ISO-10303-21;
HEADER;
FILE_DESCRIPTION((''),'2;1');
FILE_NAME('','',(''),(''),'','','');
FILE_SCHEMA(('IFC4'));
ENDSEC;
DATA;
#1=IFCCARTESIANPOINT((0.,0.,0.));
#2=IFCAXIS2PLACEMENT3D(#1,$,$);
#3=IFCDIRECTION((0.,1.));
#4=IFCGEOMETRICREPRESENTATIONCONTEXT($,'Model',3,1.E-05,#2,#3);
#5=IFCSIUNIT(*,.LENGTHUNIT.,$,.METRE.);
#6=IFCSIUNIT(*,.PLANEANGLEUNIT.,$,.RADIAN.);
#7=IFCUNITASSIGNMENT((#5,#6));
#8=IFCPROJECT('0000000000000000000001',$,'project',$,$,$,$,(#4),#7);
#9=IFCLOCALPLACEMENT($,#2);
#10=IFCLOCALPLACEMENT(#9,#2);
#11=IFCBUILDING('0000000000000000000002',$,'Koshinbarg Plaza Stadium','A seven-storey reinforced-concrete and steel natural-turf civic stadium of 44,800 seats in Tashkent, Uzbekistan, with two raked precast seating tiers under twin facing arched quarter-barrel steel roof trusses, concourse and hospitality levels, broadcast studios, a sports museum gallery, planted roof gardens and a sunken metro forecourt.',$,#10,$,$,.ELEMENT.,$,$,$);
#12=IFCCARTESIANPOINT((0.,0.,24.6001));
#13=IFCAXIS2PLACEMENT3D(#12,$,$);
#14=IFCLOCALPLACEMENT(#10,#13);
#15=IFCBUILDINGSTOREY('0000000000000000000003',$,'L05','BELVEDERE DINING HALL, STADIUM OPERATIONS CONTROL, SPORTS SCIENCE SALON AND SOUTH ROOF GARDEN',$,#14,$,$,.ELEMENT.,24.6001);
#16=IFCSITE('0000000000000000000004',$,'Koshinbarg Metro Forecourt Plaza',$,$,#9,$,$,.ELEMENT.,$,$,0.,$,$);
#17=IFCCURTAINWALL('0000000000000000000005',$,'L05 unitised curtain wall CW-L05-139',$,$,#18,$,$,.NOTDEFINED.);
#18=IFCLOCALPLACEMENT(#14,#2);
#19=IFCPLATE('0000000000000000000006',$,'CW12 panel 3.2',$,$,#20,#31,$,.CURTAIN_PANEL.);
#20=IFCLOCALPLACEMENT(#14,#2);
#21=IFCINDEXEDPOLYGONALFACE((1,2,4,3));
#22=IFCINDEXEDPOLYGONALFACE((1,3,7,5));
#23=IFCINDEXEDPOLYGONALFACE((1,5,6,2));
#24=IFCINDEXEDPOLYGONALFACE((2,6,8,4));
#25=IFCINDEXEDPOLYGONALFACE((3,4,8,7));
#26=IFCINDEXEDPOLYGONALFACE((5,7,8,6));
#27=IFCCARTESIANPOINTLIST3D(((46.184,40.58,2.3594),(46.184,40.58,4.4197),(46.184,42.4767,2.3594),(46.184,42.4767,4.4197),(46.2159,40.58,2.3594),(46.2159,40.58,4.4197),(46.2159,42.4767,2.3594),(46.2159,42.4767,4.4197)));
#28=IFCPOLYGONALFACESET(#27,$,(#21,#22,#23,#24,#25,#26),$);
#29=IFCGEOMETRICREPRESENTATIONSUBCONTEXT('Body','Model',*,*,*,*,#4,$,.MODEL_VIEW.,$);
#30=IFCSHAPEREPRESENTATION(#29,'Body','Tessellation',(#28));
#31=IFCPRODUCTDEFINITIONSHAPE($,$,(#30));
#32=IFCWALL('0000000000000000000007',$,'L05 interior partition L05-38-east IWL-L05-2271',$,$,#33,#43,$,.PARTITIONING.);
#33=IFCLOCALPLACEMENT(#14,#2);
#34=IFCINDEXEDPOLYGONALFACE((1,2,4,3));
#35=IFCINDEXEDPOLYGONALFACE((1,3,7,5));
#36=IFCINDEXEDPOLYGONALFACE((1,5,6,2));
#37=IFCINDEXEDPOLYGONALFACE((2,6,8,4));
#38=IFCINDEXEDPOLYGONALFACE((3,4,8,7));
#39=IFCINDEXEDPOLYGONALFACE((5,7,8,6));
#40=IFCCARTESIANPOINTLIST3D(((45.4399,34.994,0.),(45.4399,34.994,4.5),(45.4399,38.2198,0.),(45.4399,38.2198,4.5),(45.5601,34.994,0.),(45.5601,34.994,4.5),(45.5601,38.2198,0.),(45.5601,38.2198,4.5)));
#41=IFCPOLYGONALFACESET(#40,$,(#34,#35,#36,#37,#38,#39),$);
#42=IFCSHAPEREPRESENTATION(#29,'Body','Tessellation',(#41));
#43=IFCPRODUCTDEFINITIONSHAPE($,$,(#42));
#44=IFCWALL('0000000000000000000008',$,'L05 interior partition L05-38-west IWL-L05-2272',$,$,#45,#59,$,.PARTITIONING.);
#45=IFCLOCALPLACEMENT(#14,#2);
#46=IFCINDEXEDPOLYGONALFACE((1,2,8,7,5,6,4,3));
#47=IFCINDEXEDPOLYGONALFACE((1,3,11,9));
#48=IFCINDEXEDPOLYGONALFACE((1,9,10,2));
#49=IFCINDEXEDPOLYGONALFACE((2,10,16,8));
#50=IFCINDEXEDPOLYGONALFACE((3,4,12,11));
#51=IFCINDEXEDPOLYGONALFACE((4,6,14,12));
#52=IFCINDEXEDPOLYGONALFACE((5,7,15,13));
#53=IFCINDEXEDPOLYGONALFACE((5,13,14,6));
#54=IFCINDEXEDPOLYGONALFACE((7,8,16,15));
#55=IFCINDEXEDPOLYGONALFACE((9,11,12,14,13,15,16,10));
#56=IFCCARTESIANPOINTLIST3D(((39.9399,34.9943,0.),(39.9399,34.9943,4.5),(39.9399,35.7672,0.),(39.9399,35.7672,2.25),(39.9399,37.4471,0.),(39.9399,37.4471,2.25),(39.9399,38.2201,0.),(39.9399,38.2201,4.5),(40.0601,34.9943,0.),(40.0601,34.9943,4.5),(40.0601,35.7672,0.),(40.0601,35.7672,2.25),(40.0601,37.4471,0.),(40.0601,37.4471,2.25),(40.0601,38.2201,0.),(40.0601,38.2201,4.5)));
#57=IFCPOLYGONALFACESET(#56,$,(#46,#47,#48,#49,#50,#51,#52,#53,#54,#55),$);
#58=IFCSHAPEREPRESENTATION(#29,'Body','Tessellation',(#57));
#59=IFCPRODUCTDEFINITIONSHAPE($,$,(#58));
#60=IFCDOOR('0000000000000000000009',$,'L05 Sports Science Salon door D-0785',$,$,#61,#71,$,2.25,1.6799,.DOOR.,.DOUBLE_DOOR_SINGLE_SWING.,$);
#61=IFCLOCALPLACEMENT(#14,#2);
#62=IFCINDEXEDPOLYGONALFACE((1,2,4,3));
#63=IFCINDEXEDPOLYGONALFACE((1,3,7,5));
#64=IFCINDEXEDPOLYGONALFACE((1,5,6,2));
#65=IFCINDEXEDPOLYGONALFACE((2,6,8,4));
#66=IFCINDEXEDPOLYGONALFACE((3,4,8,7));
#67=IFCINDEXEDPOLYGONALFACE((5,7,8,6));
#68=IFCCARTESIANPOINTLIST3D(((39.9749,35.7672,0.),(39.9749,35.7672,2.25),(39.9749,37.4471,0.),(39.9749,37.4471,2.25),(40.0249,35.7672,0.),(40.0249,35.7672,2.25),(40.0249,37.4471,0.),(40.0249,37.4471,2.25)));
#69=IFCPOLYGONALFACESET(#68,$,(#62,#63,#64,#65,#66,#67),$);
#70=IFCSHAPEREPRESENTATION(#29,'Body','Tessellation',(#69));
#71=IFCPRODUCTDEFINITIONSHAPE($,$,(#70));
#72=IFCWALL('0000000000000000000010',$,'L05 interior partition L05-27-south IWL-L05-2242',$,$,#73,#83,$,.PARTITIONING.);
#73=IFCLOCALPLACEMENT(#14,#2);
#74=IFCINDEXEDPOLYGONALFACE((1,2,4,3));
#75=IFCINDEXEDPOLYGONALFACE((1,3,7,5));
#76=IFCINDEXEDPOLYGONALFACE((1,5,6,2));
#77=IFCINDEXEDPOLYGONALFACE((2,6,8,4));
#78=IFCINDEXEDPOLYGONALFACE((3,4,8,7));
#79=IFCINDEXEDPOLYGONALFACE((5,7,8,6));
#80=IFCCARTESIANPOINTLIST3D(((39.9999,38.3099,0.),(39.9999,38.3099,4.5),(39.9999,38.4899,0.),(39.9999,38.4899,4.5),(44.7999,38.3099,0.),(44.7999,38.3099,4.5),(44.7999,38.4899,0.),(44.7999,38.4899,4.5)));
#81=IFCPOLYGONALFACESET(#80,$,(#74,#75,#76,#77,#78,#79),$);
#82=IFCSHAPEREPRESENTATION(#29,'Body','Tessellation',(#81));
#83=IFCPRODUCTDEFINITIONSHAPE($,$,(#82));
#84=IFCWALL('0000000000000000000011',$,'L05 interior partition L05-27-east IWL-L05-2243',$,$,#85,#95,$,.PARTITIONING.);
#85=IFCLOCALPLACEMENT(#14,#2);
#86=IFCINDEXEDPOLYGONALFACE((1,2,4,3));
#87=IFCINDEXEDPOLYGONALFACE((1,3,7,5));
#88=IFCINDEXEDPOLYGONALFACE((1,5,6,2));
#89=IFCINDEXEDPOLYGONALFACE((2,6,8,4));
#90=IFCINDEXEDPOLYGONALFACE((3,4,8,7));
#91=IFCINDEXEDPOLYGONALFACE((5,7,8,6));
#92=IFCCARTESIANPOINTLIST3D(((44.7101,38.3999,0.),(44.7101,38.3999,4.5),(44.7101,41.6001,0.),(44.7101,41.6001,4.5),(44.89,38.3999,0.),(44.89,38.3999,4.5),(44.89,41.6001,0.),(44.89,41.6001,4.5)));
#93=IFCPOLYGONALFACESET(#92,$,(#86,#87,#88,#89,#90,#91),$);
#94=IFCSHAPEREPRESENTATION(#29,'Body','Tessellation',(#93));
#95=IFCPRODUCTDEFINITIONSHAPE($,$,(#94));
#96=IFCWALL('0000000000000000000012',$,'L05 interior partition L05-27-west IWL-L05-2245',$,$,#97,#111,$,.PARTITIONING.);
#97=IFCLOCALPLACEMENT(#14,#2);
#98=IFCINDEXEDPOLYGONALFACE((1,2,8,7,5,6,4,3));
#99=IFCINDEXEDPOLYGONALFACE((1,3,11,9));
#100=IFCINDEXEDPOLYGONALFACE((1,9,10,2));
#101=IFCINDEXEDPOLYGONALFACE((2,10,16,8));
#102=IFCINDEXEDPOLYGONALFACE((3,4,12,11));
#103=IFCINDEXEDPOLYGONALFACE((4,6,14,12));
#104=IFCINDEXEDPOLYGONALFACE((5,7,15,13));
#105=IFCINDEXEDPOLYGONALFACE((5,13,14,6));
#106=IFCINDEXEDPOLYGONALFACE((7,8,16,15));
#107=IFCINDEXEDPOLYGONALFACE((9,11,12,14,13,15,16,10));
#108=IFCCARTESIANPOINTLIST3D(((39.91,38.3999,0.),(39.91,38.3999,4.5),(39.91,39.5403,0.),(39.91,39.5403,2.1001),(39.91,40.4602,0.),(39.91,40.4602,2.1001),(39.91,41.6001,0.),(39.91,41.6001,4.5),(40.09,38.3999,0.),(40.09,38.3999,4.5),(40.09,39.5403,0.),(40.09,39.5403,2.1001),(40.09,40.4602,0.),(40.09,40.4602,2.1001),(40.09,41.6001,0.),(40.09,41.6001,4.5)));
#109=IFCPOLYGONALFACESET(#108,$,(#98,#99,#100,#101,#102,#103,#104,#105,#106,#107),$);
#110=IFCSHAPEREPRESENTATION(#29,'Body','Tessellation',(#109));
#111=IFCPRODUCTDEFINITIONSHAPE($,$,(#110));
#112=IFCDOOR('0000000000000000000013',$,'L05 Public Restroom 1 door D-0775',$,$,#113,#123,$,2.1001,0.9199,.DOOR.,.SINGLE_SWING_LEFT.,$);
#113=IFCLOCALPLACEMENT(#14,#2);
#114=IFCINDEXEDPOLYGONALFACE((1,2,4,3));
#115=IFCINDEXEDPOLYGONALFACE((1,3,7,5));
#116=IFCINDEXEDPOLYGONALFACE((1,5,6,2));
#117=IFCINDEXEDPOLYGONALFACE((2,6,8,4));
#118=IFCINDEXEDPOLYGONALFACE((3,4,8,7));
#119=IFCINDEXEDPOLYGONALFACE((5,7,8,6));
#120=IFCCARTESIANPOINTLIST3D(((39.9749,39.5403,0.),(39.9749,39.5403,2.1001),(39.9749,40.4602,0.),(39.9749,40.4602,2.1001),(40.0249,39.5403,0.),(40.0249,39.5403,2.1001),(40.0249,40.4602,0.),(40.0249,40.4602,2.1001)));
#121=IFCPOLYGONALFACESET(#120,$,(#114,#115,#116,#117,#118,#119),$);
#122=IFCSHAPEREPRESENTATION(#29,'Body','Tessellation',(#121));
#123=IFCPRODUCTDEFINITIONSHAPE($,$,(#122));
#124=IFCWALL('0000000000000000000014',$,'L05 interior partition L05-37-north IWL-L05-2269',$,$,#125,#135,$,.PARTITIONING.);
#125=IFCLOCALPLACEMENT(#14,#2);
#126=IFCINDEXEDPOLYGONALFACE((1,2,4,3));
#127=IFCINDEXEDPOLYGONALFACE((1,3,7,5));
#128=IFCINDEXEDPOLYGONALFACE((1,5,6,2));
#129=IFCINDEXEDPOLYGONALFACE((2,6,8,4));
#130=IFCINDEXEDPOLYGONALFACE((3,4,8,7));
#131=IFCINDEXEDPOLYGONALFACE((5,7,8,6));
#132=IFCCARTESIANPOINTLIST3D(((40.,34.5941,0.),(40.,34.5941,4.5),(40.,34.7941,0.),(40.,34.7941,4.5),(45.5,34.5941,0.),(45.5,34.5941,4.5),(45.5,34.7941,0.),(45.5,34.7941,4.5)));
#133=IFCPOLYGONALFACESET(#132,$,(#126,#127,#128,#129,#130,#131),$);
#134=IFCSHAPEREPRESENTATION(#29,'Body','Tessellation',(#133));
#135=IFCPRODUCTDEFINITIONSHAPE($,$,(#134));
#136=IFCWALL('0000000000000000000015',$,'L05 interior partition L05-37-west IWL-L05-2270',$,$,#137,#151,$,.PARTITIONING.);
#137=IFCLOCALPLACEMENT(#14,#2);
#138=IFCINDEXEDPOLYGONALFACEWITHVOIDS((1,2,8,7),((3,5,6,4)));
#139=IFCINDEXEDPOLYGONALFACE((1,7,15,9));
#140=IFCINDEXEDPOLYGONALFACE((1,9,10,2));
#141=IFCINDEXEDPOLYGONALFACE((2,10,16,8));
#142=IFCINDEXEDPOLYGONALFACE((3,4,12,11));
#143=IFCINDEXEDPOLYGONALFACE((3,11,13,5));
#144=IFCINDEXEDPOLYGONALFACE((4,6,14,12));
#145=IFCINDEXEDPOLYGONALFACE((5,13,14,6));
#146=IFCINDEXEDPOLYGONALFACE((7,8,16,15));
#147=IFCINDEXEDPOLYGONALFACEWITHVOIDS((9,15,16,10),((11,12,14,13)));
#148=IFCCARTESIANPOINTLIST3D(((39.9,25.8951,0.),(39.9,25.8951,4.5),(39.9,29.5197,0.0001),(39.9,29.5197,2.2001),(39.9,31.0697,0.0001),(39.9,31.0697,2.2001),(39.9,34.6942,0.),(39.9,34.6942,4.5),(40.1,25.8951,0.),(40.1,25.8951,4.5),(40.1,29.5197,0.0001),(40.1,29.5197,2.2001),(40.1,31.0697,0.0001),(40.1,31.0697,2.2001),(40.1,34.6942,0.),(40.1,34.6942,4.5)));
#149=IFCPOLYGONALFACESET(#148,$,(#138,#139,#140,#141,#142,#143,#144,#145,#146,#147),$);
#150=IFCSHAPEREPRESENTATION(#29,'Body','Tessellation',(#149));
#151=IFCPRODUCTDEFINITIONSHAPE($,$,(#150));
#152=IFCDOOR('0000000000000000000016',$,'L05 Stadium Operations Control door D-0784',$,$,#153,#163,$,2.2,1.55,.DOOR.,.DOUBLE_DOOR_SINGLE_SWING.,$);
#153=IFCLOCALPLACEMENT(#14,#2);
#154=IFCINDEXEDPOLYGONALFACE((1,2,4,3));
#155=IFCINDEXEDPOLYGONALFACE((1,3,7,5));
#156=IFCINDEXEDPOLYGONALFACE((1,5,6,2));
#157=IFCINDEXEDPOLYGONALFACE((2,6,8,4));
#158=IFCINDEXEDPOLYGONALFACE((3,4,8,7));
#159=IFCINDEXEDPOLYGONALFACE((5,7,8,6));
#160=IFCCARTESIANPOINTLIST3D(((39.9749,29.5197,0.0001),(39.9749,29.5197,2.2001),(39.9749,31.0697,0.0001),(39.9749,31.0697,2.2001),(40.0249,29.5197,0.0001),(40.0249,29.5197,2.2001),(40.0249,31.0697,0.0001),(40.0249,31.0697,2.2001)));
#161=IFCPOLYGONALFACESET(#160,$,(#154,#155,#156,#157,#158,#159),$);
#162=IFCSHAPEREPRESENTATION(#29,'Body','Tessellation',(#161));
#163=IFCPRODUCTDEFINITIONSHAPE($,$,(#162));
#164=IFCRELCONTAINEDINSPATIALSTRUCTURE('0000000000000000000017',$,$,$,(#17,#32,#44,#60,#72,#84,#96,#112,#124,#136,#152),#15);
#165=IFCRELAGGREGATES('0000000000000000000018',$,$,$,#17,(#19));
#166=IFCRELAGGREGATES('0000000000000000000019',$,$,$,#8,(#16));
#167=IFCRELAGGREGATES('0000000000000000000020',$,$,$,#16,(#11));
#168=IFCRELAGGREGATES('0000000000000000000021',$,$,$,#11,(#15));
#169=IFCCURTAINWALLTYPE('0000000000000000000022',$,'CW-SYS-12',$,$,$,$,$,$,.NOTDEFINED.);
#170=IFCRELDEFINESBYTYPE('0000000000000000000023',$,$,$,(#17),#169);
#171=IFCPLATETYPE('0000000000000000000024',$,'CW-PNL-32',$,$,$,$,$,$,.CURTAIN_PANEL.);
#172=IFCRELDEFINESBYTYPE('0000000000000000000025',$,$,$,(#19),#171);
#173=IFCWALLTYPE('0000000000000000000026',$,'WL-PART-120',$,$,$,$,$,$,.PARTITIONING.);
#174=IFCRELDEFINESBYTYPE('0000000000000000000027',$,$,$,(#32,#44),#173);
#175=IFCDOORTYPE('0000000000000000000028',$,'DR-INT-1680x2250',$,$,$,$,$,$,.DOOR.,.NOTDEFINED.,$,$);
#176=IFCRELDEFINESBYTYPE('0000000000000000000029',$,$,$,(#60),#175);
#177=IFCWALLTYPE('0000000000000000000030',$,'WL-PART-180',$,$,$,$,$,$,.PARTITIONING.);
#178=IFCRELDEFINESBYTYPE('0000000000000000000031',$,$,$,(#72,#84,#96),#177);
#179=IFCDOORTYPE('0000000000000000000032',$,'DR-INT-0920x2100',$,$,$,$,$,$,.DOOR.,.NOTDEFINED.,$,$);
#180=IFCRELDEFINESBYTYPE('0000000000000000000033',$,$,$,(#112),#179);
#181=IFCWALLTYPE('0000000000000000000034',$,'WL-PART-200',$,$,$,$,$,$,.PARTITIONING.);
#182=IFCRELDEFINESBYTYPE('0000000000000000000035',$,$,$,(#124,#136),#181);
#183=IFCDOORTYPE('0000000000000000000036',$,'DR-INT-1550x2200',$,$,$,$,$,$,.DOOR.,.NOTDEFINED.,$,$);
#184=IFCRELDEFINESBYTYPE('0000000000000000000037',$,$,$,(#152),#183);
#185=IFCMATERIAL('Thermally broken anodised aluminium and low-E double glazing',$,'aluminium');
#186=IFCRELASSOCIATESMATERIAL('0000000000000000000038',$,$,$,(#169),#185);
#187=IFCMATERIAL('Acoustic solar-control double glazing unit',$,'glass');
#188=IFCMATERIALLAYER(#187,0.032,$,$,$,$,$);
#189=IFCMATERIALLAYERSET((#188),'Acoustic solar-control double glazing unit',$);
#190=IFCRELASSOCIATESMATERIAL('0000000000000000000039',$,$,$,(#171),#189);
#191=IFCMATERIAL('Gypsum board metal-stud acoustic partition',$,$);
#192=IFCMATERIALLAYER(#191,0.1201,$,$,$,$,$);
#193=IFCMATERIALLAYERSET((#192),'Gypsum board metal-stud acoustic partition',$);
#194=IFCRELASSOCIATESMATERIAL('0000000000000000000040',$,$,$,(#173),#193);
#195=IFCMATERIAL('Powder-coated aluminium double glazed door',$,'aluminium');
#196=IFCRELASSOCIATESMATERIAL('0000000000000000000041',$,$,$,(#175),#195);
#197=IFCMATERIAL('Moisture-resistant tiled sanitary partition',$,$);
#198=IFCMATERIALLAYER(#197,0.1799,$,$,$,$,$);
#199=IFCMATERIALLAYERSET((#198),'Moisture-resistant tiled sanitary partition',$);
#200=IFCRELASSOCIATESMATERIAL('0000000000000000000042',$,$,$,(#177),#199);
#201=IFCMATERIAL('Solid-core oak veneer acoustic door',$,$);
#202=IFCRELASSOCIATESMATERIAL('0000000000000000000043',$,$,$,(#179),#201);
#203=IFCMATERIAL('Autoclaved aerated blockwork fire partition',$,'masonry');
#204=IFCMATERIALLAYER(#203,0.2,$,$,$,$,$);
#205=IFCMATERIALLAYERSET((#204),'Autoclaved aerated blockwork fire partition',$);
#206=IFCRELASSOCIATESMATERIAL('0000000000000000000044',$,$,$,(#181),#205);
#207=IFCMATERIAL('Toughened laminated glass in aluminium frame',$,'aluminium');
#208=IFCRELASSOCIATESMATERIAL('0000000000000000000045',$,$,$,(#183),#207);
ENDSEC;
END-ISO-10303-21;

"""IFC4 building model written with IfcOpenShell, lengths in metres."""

from ifc_helpers import new_model, si_unit, direction, frame, frame_2d, origin, origin_2d, place, context, subcontext, project, spatial, rectangle, extrude, material, layer, layer_set, type_object, element, fill, aggregate, save


model = new_model("IFC4")

# Units and contexts
model_context = context("Model", 3, precision=1e-05, world=origin(), true_north=direction((0.0, 1.0)))
body_context = subcontext(model_context, "Body", "Model", "MODEL_VIEW")
ifc_project = project(units=[si_unit("LENGTHUNIT", "METRE"), si_unit("PLANEANGLEUNIT", "RADIAN")], contexts=[model_context])

# Site, building, storey
site_placement = place(None, origin())
site = spatial("IfcSite", under=ifc_project, at=site_placement, Name="Koshinbarg Metro Forecourt Plaza", CompositionType="ELEMENT", RefElevation=0.0)
building_placement = place(site_placement, origin())
building = spatial("IfcBuilding", under=site, at=building_placement, Name="Koshinbarg Plaza Stadium", Description="A seven-storey reinforced-concrete and steel natural-turf civic stadium of 44,800 seats in Tashkent, Uzbekistan, with two raked precast seating tiers under twin facing arched quarter-barrel steel roof trusses, concourse and hospitality levels, broadcast studios, a sports museum gallery, planted roof gardens and a sunken metro forecourt.", CompositionType="ELEMENT")
storey_placement = place(building_placement, frame((0.0, 0.0, 24.6001)))
storey = spatial("IfcBuildingStorey", under=building, at=storey_placement, Name="L05", Description="BELVEDERE DINING HALL, STADIUM OPERATIONS CONTROL, SPORTS SCIENCE SALON AND SOUTH ROOF GARDEN", CompositionType="ELEMENT", Elevation=24.6001)

# Shared definitions
ifc_material_1 = material(Name="Thermally broken anodised aluminium and low-E double glazing", Category="aluminium")

# Curtain wall
curtain_wall_type_1 = type_object("IfcCurtainWallType", Name="CW-SYS-12", PredefinedType="NOTDEFINED", material=ifc_material_1)
curtain_wall_1_placement = place(storey_placement, origin())
curtain_wall_1 = element("IfcCurtainWall", 1, at=curtain_wall_1_placement, inside=storey, type_object=curtain_wall_type_1, Name="L05 unitised curtain wall CW-L05-139", PredefinedType="NOTDEFINED")

# Plate
ifc_material_2 = material(Name="Acoustic solar-control double glazing unit", Category="glass")
ifc_layer_1 = layer(ifc_material_2, 0.032)
ifc_layer_set_1 = layer_set([ifc_layer_1], Name="Acoustic solar-control double glazing unit")
plate_type_1 = type_object("IfcPlateType", Name="CW-PNL-32", PredefinedType="CURTAIN_PANEL", material=ifc_layer_set_1)
plate_1_placement = place(storey_placement, frame((46.2, 41.5283, 2.3594), z_axis=(0.0, 0.0, 1.0), x_axis=(0.0, -1.0, 0.0)))
plate_1 = element("IfcPlate", 2, at=plate_1_placement, type_object=plate_type_1, Name="CW12 panel 3.2", PredefinedType="CURTAIN_PANEL", context=body_context, shape_type="SweptSolid", body=[
    extrude(rectangle(XDim=1.8967, YDim=0.032, at=origin_2d()), origin(), (0.0, 0.0, 1.0), 2.0603),
])
aggregate(curtain_wall_1, [plate_1])

# Wall
ifc_material_3 = material(Name="Gypsum board metal-stud acoustic partition")
ifc_layer_2 = layer(ifc_material_3, 0.1201)
ifc_layer_set_2 = layer_set([ifc_layer_2], Name="Gypsum board metal-stud acoustic partition")
wall_type_1 = type_object("IfcWallType", Name="WL-PART-120", PredefinedType="PARTITIONING", material=ifc_layer_set_2)
wall_1_placement = place(storey_placement, frame((45.5, 34.9941, 0.0), z_axis=(0.0, 0.0, 1.0), x_axis=(0.0, 1.0, 0.0)))
element("IfcWall", 3, at=wall_1_placement, inside=storey, type_object=wall_type_1, Name="L05 interior partition L05-38-east IWL-L05-2271", PredefinedType="PARTITIONING", context=body_context, shape_type="SweptSolid", body=[
    extrude(rectangle(XDim=3.2258, YDim=0.1201, at=frame_2d((1.6128, 0.0))), origin(), (0.0, 0.0, 1.0), 4.5),
])

# Wall, opening, door
wall_2_placement = place(storey_placement, frame((40.0, 38.22, 0.0), z_axis=(0.0, 0.0, 1.0), x_axis=(0.0, -1.0, 0.0)))
wall_2 = element("IfcWall", 4, at=wall_2_placement, inside=storey, type_object=wall_type_1, Name="L05 interior partition L05-38-west IWL-L05-2272", PredefinedType="PARTITIONING", context=body_context, shape_type="SweptSolid", body=[
    extrude(rectangle(XDim=3.2258, YDim=0.1201, at=frame_2d((1.6128, 0.0))), origin(), (0.0, 0.0, 1.0), 4.5),
])
opening_1_placement = place(wall_2_placement, frame((0.7729, 0.0, 0.0)))
opening_1 = element("IfcOpeningElement", 5, at=opening_1_placement, cuts=wall_2, PredefinedType="OPENING", context=body_context, shape_type="SweptSolid", body=[
    extrude(rectangle(XDim=1.6799, YDim=2.25, at=frame_2d((0.8398, 1.125))), frame((0.0, 0.0701, 0.0), z_axis=(0.0, -1.0, 0.0), x_axis=(1.0, 0.0, 0.0)), (0.0, 0.0, 1.0), 0.1401),
])
ifc_material_4 = material(Name="Powder-coated aluminium double glazed door", Category="aluminium")
door_type_1 = type_object("IfcDoorType", Name="DR-INT-1680x2250", OperationType="NOTDEFINED", PredefinedType="DOOR", material=ifc_material_4)
door_1_placement = place(opening_1_placement, origin())
door_1 = element("IfcDoor", 6, at=door_1_placement, inside=storey, type_object=door_type_1, Name="L05 Sports Science Salon door D-0785", OperationType="DOUBLE_DOOR_SINGLE_SWING", OverallHeight=2.25, OverallWidth=1.6799, PredefinedType="DOOR", context=body_context, shape_type="SweptSolid", body=[
    extrude(rectangle(XDim=1.6799, YDim=2.25, at=frame_2d((0.8398, 1.125))), frame((0.0, 0.0249, 0.0), z_axis=(0.0, -1.0, 0.0), x_axis=(1.0, 0.0, 0.0)), (0.0, 0.0, 1.0), 0.05),
])
fill(opening_1, door_1)

# Walls
ifc_material_5 = material(Name="Moisture-resistant tiled sanitary partition")
ifc_layer_3 = layer(ifc_material_5, 0.1799)
ifc_layer_set_3 = layer_set([ifc_layer_3], Name="Moisture-resistant tiled sanitary partition")
wall_type_2 = type_object("IfcWallType", Name="WL-PART-180", PredefinedType="PARTITIONING", material=ifc_layer_set_3)
wall_3_placement = place(storey_placement, frame((40.0, 38.3999, 0.0), z_axis=(0.0, 0.0, 1.0), x_axis=(1.0, 0.0, 0.0)))
element("IfcWall", 7, at=wall_3_placement, inside=storey, type_object=wall_type_2, Name="L05 interior partition L05-27-south IWL-L05-2242", PredefinedType="PARTITIONING", context=body_context, shape_type="SweptSolid", body=[
    extrude(rectangle(XDim=4.8, YDim=0.1799, at=frame_2d((2.3999, 0.0))), origin(), (0.0, 0.0, 1.0), 4.5),
])
wall_4_placement = place(storey_placement, frame((44.8, 38.3999, 0.0), z_axis=(0.0, 0.0, 1.0), x_axis=(0.0, 1.0, 0.0)))
element("IfcWall", 8, at=wall_4_placement, inside=storey, type_object=wall_type_2, Name="L05 interior partition L05-27-east IWL-L05-2243", PredefinedType="PARTITIONING", context=body_context, shape_type="SweptSolid", body=[
    extrude(rectangle(XDim=3.2002, YDim=0.1799, at=frame_2d((1.6001, 0.0))), origin(), (0.0, 0.0, 1.0), 4.5),
])

# Wall, opening, door
wall_5_placement = place(storey_placement, frame((40.0, 41.6001, 0.0), z_axis=(0.0, 0.0, 1.0), x_axis=(0.0, -1.0, 0.0)))
wall_5 = element("IfcWall", 9, at=wall_5_placement, inside=storey, type_object=wall_type_2, Name="L05 interior partition L05-27-west IWL-L05-2245", PredefinedType="PARTITIONING", context=body_context, shape_type="SweptSolid", body=[
    extrude(rectangle(XDim=3.2002, YDim=0.1799, at=frame_2d((1.6001, 0.0))), origin(), (0.0, 0.0, 1.0), 4.5),
])
opening_2_placement = place(wall_5_placement, frame((1.1399, 0.0, 0.0)))
opening_2 = element("IfcOpeningElement", 10, at=opening_2_placement, cuts=wall_5, PredefinedType="OPENING", context=body_context, shape_type="SweptSolid", body=[
    extrude(rectangle(XDim=0.9199, YDim=2.1001, at=frame_2d((0.46, 1.05))), frame((0.0, 0.0999, 0.0), z_axis=(0.0, -1.0, 0.0), x_axis=(1.0, 0.0, 0.0)), (0.0, 0.0, 1.0), 0.2),
])
ifc_material_6 = material(Name="Solid-core oak veneer acoustic door")
door_type_2 = type_object("IfcDoorType", Name="DR-INT-0920x2100", OperationType="NOTDEFINED", PredefinedType="DOOR", material=ifc_material_6)
door_2_placement = place(opening_2_placement, origin())
door_2 = element("IfcDoor", 11, at=door_2_placement, inside=storey, type_object=door_type_2, Name="L05 Public Restroom 1 door D-0775", OperationType="SINGLE_SWING_LEFT", OverallHeight=2.1001, OverallWidth=0.9199, PredefinedType="DOOR", context=body_context, shape_type="SweptSolid", body=[
    extrude(rectangle(XDim=0.9199, YDim=2.1001, at=frame_2d((0.46, 1.05))), frame((0.0, 0.0249, 0.0), z_axis=(0.0, -1.0, 0.0), x_axis=(1.0, 0.0, 0.0)), (0.0, 0.0, 1.0), 0.05),
])
fill(opening_2, door_2)

# Wall
ifc_material_7 = material(Name="Autoclaved aerated blockwork fire partition", Category="masonry")
ifc_layer_4 = layer(ifc_material_7, 0.2)
ifc_layer_set_4 = layer_set([ifc_layer_4], Name="Autoclaved aerated blockwork fire partition")
wall_type_3 = type_object("IfcWallType", Name="WL-PART-200", PredefinedType="PARTITIONING", material=ifc_layer_set_4)
wall_6_placement = place(storey_placement, frame((45.5, 34.6941, 0.0), z_axis=(0.0, 0.0, 1.0), x_axis=(-1.0, 0.0, 0.0)))
element("IfcWall", 12, at=wall_6_placement, inside=storey, type_object=wall_type_3, Name="L05 interior partition L05-37-north IWL-L05-2269", PredefinedType="PARTITIONING", context=body_context, shape_type="SweptSolid", body=[
    extrude(rectangle(XDim=5.5, YDim=0.2, at=frame_2d((2.75, 0.0))), origin(), (0.0, 0.0, 1.0), 4.5),
])

# Wall, opening, door
wall_7_placement = place(storey_placement, frame((40.0, 34.6941, 0.0), z_axis=(0.0, 0.0, 1.0), x_axis=(0.0, -1.0, 0.0)))
wall_7 = element("IfcWall", 13, at=wall_7_placement, inside=storey, type_object=wall_type_3, Name="L05 interior partition L05-37-west IWL-L05-2270", PredefinedType="PARTITIONING", context=body_context, shape_type="SweptSolid", body=[
    extrude(rectangle(XDim=8.7991, YDim=0.2, at=frame_2d((4.3994, 0.0))), origin(), (0.0, 0.0, 1.0), 4.5),
])
opening_3_placement = place(wall_7_placement, frame((3.6245, 0.0, 0.0)))
opening_3 = element("IfcOpeningElement", 14, at=opening_3_placement, cuts=wall_7, PredefinedType="OPENING", context=body_context, shape_type="SweptSolid", body=[
    extrude(rectangle(XDim=1.55, YDim=2.2, at=frame_2d((0.7749, 1.1001))), frame((0.0, 0.1099, 0.0), z_axis=(0.0, -1.0, 0.0), x_axis=(1.0, 0.0, 0.0)), (0.0, 0.0, 1.0), 0.22),
])
ifc_material_8 = material(Name="Toughened laminated glass in aluminium frame", Category="aluminium")
door_type_3 = type_object("IfcDoorType", Name="DR-INT-1550x2200", OperationType="NOTDEFINED", PredefinedType="DOOR", material=ifc_material_8)
door_3_placement = place(opening_3_placement, origin())
door_3 = element("IfcDoor", 15, at=door_3_placement, inside=storey, type_object=door_type_3, Name="L05 Stadium Operations Control door D-0784", OperationType="DOUBLE_DOOR_SINGLE_SWING", OverallHeight=2.2, OverallWidth=1.55, PredefinedType="DOOR", context=body_context, shape_type="SweptSolid", body=[
    extrude(rectangle(XDim=1.55, YDim=2.2, at=frame_2d((0.7749, 1.1001))), frame((0.0, 0.0249, 0.0), z_axis=(0.0, -1.0, 0.0), x_axis=(1.0, 0.0, 0.0)), (0.0, 0.0, 1.0), 0.05),
])
fill(opening_3, door_3)

save(model, "model.ifc")
